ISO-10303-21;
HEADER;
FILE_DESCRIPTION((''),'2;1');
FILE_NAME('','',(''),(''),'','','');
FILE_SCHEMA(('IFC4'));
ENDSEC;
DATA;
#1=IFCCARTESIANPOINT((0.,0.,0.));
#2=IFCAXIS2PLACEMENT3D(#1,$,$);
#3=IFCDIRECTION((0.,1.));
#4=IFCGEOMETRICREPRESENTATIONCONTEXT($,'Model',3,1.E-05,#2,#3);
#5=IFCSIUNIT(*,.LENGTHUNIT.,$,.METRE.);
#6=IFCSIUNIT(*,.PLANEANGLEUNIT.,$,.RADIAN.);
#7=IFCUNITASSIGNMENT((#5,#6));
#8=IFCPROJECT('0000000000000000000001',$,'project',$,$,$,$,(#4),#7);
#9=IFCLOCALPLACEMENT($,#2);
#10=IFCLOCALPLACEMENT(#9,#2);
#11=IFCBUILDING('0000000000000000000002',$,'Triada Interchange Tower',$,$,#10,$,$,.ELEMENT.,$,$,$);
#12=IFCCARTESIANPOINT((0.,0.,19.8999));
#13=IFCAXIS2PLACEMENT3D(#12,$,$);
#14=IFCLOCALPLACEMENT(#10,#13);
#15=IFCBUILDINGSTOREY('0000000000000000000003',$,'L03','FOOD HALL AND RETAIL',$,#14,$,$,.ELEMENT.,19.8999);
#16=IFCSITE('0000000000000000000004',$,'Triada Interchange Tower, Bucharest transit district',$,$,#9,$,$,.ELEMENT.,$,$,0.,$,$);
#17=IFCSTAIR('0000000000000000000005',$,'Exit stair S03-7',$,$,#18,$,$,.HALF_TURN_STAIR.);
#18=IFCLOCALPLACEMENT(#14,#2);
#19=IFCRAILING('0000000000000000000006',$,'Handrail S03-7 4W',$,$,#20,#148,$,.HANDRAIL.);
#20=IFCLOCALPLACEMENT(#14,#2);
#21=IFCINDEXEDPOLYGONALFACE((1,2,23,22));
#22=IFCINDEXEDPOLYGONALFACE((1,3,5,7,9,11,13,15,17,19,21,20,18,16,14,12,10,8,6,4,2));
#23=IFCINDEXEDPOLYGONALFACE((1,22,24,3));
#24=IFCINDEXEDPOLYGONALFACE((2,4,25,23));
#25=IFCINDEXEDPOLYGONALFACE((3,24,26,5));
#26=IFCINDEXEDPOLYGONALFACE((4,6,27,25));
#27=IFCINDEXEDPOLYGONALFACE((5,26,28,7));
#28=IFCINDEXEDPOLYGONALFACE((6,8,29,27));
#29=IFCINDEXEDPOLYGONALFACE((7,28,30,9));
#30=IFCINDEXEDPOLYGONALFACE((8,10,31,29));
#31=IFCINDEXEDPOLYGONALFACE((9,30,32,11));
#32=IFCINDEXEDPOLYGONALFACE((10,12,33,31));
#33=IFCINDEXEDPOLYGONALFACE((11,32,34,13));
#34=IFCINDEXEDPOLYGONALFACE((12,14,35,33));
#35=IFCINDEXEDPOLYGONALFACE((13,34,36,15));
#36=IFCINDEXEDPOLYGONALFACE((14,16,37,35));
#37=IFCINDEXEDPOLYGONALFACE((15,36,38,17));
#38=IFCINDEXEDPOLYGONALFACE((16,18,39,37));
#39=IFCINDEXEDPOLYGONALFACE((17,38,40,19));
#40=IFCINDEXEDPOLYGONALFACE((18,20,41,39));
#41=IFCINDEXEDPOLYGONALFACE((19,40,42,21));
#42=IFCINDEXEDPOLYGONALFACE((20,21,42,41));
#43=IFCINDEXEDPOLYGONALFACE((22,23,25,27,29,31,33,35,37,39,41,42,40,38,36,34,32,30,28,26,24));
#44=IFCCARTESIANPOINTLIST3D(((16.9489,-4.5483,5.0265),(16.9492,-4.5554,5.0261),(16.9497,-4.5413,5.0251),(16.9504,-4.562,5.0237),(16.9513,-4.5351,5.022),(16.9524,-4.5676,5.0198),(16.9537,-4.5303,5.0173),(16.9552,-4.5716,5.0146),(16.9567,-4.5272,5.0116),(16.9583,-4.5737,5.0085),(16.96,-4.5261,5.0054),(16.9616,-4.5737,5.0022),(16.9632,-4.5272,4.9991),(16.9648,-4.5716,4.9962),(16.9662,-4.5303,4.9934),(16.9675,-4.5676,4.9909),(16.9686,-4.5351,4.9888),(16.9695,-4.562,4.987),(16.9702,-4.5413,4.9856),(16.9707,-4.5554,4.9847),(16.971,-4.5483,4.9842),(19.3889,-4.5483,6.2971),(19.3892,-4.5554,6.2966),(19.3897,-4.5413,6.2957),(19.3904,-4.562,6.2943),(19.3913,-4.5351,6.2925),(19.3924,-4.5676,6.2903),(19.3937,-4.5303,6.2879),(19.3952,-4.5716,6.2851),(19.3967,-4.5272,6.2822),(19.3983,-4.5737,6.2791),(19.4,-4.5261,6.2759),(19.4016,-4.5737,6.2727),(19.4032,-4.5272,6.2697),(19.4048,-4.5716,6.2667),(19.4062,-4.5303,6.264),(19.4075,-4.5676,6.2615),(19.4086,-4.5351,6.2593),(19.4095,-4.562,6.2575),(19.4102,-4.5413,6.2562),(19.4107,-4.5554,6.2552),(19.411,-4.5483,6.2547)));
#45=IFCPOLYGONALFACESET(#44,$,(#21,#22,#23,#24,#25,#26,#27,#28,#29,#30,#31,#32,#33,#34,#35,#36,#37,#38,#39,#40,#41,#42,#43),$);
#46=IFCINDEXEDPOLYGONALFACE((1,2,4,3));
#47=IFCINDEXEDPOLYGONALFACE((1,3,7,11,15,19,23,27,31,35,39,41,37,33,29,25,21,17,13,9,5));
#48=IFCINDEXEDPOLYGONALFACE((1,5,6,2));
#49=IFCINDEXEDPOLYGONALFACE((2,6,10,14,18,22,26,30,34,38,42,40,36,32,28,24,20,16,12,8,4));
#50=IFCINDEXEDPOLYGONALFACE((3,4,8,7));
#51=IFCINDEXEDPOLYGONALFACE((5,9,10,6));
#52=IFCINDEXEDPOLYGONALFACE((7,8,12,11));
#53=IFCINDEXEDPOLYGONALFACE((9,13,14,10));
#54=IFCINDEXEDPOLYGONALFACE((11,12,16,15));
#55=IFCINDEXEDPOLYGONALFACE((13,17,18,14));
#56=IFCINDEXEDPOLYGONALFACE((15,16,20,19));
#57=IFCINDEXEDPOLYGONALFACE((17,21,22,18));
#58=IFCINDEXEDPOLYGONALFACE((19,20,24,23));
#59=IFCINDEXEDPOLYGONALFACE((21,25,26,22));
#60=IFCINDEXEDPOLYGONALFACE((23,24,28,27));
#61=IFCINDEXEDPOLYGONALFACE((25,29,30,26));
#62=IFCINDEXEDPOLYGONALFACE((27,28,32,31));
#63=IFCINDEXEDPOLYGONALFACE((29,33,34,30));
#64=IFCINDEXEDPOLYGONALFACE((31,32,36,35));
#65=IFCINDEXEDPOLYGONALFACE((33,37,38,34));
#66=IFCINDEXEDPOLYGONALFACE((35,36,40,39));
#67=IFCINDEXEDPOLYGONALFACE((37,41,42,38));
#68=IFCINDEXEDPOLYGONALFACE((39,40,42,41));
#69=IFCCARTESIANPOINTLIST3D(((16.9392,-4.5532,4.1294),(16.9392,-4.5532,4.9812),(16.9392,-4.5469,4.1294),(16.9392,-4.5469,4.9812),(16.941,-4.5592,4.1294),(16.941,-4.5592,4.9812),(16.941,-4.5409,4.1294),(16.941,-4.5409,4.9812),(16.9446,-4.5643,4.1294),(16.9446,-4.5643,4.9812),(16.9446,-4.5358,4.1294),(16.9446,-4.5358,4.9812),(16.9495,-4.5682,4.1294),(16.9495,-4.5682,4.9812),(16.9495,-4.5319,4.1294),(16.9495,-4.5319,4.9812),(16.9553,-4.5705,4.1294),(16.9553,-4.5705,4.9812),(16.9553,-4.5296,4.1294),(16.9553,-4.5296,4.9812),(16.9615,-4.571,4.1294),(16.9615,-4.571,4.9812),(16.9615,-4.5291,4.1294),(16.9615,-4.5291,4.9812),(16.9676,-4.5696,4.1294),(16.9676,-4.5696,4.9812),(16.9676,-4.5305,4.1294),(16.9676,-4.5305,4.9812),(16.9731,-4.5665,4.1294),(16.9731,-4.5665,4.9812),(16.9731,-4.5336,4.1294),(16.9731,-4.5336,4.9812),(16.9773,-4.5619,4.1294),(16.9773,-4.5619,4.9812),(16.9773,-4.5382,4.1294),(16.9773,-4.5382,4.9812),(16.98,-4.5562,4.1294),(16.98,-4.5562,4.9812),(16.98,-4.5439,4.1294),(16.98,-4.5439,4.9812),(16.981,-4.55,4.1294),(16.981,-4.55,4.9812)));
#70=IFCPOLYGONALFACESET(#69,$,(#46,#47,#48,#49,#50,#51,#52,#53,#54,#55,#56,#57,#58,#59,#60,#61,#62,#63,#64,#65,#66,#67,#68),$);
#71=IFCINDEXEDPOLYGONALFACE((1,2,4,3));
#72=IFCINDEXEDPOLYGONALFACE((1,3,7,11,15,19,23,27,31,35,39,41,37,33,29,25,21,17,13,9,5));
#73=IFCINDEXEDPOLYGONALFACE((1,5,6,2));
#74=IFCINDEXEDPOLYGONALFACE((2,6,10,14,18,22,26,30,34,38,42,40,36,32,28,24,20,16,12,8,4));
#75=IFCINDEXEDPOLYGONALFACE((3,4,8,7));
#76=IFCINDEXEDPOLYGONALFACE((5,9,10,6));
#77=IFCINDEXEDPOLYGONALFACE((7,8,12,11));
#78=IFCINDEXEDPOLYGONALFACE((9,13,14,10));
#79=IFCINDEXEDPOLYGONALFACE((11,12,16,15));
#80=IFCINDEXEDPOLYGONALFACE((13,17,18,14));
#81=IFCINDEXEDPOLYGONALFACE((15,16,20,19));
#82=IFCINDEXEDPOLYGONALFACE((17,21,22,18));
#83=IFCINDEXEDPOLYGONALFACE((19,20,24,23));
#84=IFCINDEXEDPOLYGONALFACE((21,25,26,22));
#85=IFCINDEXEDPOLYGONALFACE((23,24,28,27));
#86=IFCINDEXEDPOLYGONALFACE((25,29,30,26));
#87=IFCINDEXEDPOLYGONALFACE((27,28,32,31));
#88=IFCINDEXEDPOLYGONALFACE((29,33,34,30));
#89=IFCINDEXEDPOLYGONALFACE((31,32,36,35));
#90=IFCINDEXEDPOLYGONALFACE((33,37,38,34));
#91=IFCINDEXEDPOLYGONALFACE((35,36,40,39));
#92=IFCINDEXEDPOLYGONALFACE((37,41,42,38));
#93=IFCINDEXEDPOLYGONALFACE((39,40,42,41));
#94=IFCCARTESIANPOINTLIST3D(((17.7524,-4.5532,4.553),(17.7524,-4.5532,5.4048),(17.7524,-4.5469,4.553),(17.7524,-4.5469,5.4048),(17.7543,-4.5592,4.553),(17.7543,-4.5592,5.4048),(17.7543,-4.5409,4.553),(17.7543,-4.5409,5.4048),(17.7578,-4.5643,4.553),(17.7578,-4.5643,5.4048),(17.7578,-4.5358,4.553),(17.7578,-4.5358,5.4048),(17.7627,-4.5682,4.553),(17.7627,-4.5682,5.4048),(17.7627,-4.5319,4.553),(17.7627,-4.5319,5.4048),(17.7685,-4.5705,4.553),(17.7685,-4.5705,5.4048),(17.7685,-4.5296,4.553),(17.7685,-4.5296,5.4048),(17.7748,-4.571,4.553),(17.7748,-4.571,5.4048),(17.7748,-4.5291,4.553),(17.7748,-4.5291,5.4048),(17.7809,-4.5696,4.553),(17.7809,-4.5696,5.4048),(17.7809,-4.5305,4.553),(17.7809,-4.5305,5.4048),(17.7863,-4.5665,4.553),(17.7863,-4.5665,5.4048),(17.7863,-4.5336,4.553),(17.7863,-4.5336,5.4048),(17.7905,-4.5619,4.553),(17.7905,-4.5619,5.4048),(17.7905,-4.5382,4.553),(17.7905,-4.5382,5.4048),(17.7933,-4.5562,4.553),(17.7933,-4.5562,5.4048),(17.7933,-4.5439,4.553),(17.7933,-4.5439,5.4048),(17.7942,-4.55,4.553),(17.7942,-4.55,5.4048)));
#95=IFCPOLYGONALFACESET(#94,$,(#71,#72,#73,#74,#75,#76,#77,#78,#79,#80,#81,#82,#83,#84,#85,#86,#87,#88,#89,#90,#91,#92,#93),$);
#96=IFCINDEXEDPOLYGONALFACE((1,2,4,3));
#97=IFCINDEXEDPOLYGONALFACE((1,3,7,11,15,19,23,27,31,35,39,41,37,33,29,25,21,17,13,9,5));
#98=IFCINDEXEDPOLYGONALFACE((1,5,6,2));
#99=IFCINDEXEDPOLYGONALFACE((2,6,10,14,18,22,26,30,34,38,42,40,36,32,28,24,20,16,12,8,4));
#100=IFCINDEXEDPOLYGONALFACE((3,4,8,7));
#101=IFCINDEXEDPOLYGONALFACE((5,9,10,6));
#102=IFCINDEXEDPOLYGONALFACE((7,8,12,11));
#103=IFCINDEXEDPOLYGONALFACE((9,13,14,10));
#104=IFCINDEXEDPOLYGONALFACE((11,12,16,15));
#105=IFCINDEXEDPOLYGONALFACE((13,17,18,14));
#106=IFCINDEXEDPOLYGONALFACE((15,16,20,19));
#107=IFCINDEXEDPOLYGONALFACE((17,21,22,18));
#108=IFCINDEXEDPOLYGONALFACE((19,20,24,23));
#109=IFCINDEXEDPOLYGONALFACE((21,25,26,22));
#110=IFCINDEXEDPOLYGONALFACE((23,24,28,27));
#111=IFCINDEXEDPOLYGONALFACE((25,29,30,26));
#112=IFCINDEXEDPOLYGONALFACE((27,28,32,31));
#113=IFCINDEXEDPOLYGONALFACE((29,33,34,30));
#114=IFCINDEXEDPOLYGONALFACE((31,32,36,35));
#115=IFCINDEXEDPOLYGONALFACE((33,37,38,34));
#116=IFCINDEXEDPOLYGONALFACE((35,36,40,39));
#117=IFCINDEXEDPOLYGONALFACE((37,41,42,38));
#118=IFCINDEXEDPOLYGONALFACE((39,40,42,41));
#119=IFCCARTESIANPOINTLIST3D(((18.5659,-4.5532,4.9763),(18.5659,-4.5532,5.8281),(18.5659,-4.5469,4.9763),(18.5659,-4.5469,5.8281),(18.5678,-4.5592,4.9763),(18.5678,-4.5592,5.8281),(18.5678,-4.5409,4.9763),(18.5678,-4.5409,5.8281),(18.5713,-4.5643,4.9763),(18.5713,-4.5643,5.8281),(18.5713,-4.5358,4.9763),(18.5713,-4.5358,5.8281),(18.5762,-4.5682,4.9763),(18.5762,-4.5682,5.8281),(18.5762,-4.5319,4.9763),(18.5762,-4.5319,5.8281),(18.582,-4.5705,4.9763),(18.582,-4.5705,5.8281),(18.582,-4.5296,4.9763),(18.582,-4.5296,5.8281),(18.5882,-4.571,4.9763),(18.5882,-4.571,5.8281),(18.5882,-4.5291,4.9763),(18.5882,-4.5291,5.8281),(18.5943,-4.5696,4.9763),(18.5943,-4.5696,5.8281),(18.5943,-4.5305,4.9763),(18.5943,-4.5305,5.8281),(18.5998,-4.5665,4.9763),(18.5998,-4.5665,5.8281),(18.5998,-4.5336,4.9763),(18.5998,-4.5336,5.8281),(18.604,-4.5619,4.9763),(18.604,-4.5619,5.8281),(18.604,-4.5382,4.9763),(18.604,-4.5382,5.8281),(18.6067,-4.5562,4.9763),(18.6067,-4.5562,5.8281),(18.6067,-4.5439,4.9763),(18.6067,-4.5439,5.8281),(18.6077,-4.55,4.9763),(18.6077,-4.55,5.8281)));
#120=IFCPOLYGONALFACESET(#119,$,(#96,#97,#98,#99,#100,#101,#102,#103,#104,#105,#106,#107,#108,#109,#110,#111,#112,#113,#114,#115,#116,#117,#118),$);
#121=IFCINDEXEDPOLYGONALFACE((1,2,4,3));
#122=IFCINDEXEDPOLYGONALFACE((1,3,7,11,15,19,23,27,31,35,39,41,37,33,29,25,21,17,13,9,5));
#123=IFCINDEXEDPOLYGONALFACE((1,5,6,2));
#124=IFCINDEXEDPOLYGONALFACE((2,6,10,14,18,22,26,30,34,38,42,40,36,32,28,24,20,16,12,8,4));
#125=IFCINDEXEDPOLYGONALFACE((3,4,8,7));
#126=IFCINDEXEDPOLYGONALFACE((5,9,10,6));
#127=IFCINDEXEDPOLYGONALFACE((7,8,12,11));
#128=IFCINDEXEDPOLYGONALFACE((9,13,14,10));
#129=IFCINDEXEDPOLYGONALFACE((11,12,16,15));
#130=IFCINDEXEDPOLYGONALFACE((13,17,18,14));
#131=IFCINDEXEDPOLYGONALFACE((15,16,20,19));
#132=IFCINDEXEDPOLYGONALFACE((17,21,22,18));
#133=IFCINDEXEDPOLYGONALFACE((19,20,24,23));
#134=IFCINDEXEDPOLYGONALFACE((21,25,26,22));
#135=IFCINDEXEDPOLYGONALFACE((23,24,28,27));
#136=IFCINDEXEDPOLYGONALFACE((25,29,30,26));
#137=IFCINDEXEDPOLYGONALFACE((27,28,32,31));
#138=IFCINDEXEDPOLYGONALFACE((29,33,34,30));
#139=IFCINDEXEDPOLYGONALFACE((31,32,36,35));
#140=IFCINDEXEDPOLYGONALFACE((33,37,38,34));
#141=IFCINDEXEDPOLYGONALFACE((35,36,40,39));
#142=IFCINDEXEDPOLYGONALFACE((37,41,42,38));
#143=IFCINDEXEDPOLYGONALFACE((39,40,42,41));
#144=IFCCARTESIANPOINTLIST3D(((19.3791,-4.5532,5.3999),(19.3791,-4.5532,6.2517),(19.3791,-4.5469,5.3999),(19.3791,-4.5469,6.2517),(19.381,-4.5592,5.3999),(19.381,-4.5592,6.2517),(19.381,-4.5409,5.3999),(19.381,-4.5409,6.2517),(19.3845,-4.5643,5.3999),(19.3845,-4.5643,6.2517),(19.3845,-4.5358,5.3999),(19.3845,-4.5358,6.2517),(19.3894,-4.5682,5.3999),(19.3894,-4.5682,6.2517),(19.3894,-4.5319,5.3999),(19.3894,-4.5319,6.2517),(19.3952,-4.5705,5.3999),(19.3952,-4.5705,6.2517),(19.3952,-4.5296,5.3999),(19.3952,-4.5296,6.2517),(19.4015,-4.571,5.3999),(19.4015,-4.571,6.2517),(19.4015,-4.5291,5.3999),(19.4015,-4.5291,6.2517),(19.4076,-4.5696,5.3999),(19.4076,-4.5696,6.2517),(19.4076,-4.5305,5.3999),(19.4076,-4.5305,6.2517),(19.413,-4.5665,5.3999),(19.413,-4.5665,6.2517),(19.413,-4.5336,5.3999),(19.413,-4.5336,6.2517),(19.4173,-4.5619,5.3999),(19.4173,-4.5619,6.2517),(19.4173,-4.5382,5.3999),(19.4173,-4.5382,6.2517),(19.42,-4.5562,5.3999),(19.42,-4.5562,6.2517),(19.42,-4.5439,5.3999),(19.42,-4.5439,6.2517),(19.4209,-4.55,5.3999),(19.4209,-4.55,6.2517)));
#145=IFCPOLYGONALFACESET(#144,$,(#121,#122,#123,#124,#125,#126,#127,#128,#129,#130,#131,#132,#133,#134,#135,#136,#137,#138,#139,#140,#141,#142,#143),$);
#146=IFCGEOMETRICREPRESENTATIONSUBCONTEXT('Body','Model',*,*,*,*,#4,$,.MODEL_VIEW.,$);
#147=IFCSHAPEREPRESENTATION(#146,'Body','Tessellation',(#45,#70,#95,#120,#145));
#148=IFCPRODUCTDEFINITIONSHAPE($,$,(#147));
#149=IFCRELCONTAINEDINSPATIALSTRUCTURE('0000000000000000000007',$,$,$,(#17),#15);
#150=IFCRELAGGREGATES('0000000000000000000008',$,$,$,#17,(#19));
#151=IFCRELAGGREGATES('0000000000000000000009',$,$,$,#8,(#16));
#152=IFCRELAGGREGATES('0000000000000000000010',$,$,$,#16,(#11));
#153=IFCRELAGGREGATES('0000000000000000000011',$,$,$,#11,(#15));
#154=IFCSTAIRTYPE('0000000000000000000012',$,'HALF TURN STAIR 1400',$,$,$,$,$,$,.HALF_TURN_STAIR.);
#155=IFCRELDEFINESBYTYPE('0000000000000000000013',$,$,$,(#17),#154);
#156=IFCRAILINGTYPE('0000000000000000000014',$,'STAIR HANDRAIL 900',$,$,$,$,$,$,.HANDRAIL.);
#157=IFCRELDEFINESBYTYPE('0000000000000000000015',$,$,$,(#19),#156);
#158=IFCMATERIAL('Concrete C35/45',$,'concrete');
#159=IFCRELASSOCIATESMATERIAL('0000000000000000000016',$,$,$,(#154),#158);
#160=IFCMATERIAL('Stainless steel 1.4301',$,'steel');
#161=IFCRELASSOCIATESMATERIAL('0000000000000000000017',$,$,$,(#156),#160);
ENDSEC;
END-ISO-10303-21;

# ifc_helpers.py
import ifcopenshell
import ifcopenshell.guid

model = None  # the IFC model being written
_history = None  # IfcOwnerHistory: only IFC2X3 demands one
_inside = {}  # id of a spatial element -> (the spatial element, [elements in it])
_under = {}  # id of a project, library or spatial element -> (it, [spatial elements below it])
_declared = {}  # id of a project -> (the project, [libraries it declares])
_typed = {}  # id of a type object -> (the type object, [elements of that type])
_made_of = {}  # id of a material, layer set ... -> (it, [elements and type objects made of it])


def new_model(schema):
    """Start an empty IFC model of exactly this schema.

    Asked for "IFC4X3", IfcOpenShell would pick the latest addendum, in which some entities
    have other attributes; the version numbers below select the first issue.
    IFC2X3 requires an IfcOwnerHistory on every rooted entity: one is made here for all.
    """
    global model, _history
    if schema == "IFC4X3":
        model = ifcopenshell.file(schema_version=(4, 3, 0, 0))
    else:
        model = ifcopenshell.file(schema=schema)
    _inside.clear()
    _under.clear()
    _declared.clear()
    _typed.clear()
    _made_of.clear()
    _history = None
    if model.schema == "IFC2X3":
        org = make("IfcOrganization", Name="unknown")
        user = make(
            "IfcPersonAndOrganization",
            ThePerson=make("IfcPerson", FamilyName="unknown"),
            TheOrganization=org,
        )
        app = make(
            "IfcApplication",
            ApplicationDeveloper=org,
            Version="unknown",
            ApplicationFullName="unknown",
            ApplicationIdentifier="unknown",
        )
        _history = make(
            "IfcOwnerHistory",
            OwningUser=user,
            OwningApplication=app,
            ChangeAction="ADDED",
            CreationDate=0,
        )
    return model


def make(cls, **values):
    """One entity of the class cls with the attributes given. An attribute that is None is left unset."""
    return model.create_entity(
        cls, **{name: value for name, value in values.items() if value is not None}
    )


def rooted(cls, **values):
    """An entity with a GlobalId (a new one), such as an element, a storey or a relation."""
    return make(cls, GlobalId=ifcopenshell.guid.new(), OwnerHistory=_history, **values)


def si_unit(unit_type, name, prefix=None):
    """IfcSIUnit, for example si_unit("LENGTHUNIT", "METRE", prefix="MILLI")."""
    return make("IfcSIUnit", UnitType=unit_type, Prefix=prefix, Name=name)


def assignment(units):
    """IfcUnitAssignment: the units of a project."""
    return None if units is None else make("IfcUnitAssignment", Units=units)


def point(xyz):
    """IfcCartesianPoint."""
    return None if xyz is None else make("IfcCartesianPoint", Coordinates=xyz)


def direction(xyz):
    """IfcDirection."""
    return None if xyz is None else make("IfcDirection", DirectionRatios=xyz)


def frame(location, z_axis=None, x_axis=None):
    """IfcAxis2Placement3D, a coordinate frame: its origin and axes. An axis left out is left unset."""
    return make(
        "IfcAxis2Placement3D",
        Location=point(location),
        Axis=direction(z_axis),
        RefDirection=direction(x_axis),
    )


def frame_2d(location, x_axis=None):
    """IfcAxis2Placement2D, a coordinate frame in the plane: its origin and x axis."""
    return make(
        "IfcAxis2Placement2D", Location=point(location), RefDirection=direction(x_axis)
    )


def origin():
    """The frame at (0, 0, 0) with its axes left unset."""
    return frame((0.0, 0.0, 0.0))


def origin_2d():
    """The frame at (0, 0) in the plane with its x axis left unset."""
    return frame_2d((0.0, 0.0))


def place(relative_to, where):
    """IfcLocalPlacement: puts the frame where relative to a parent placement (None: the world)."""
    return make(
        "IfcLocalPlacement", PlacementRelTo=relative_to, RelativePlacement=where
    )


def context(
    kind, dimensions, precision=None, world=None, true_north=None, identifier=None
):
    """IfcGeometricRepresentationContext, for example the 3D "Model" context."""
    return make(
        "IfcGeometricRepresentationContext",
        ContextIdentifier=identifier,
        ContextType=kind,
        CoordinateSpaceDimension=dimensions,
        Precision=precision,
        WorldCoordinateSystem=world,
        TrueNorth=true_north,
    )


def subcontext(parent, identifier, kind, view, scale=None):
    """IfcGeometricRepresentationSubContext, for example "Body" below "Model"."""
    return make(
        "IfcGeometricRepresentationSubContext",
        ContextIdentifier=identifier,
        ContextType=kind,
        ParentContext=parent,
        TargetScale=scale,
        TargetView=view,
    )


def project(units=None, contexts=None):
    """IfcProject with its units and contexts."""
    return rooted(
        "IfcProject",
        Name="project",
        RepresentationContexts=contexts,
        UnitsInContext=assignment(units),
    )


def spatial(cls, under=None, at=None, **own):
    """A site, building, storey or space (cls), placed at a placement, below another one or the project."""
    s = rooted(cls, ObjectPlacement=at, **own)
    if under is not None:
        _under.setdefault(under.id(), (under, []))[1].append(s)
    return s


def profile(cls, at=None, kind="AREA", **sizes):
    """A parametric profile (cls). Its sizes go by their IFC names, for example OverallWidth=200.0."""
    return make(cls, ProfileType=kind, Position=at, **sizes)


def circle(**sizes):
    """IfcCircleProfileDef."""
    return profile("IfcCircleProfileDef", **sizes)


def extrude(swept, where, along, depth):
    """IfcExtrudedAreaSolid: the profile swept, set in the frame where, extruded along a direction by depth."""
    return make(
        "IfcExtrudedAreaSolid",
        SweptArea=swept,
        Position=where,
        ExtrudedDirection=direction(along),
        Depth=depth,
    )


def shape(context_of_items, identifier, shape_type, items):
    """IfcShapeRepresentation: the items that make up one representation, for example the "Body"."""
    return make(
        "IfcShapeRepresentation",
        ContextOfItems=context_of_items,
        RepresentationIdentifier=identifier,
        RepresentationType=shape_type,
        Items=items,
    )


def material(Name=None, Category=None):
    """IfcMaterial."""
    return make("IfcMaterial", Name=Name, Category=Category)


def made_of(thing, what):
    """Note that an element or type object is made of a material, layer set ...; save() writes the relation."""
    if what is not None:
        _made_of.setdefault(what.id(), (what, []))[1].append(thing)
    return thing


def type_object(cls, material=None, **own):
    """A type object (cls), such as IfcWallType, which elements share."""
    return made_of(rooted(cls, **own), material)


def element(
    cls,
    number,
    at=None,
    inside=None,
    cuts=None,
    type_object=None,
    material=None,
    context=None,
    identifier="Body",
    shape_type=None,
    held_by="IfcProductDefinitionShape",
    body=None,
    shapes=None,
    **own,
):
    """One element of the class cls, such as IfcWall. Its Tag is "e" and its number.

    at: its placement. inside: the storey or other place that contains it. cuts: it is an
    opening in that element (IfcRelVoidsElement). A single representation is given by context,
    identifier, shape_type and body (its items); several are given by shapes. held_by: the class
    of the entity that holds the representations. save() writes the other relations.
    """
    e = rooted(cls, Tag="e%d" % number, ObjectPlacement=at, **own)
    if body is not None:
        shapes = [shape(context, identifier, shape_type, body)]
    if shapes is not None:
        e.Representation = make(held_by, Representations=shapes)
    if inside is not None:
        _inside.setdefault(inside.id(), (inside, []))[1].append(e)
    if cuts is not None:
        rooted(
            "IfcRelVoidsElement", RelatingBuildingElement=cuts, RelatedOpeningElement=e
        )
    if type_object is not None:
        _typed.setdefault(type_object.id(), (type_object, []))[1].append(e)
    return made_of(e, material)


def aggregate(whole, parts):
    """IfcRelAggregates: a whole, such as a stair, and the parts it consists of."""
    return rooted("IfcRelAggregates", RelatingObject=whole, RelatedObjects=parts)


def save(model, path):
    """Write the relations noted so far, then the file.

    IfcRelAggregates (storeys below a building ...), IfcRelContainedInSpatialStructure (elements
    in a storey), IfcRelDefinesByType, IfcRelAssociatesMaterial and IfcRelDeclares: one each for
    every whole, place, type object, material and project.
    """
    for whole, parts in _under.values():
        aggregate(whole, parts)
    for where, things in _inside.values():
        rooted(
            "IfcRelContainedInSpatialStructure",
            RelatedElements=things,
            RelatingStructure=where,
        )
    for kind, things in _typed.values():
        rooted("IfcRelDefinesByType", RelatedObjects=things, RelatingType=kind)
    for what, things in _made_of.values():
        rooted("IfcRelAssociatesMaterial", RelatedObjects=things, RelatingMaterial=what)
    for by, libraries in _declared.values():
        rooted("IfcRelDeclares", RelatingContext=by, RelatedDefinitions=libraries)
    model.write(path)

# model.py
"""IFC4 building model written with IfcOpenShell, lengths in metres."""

from ifc_helpers import new_model, si_unit, direction, frame, origin, origin_2d, place, context, subcontext, project, spatial, circle, extrude, material, type_object, element, aggregate, save


model = new_model("IFC4")

# Units and contexts
model_context = context("Model", 3, precision=1e-05, world=origin(), true_north=direction((0.0, 1.0)))
body_context = subcontext(model_context, "Body", "Model", "MODEL_VIEW")
ifc_project = project(units=[si_unit("LENGTHUNIT", "METRE"), si_unit("PLANEANGLEUNIT", "RADIAN")], contexts=[model_context])

# Site, building, storey
site_placement = place(None, origin())
site = spatial("IfcSite", under=ifc_project, at=site_placement, Name="Triada Interchange Tower, Bucharest transit district", CompositionType="ELEMENT", RefElevation=0.0)
building_placement = place(site_placement, origin())
building = spatial("IfcBuilding", under=site, at=building_placement, Name="Triada Interchange Tower", CompositionType="ELEMENT")
storey_placement = place(building_placement, frame((0.0, 0.0, 19.8999)))
storey = spatial("IfcBuildingStorey", under=building, at=storey_placement, Name="L03", Description="FOOD HALL AND RETAIL", CompositionType="ELEMENT", Elevation=19.8999)

# Stair, railing
ifc_material_1 = material(Name="Concrete C35/45", Category="concrete")
stair_type = type_object("IfcStairType", Name="HALF TURN STAIR 1400", PredefinedType="HALF_TURN_STAIR", material=ifc_material_1)
stair_placement = place(storey_placement, origin())
stair = element("IfcStair", 1, at=stair_placement, inside=storey, type_object=stair_type, Name="Exit stair S03-7", PredefinedType="HALF_TURN_STAIR")
ifc_material_2 = material(Name="Stainless steel 1.4301", Category="steel")
railing_type = type_object("IfcRailingType", Name="STAIR HANDRAIL 900", PredefinedType="HANDRAIL", material=ifc_material_2)
railing_1_placement = place(storey_placement, frame((16.96, -4.55, 4.1294)))
railing_1 = element("IfcRailing", 2, at=railing_1_placement, type_object=railing_type, Name="Handrail S03-7 4W", PredefinedType="HANDRAIL", context=body_context, shape_type="SweptSolid", body=[
    extrude(circle(Radius=0.0239, at=origin_2d()), frame((0.0, 0.0, 0.876), z_axis=(0.886958, 0.0, 0.46185), x_axis=(0.0, 1.0, 0.0)), (0.0, 0.0, 1.0), 2.751),
    extrude(circle(Radius=0.021, at=origin_2d()), origin(), (0.0, 0.0, 1.0), 0.8518),
    extrude(circle(Radius=0.021, at=origin_2d()), frame((0.8132, 0.0, 0.4236)), (0.0, 0.0, 1.0), 0.8518),
    extrude(circle(Radius=0.021, at=origin_2d()), frame((1.6267, 0.0, 0.8469)), (0.0, 0.0, 1.0), 0.8518),
    extrude(circle(Radius=0.021, at=origin_2d()), frame((2.4399, 0.0, 1.2705)), (0.0, 0.0, 1.0), 0.8518),
])
aggregate(stair, [railing_1])

save(model, "model.ifc")
